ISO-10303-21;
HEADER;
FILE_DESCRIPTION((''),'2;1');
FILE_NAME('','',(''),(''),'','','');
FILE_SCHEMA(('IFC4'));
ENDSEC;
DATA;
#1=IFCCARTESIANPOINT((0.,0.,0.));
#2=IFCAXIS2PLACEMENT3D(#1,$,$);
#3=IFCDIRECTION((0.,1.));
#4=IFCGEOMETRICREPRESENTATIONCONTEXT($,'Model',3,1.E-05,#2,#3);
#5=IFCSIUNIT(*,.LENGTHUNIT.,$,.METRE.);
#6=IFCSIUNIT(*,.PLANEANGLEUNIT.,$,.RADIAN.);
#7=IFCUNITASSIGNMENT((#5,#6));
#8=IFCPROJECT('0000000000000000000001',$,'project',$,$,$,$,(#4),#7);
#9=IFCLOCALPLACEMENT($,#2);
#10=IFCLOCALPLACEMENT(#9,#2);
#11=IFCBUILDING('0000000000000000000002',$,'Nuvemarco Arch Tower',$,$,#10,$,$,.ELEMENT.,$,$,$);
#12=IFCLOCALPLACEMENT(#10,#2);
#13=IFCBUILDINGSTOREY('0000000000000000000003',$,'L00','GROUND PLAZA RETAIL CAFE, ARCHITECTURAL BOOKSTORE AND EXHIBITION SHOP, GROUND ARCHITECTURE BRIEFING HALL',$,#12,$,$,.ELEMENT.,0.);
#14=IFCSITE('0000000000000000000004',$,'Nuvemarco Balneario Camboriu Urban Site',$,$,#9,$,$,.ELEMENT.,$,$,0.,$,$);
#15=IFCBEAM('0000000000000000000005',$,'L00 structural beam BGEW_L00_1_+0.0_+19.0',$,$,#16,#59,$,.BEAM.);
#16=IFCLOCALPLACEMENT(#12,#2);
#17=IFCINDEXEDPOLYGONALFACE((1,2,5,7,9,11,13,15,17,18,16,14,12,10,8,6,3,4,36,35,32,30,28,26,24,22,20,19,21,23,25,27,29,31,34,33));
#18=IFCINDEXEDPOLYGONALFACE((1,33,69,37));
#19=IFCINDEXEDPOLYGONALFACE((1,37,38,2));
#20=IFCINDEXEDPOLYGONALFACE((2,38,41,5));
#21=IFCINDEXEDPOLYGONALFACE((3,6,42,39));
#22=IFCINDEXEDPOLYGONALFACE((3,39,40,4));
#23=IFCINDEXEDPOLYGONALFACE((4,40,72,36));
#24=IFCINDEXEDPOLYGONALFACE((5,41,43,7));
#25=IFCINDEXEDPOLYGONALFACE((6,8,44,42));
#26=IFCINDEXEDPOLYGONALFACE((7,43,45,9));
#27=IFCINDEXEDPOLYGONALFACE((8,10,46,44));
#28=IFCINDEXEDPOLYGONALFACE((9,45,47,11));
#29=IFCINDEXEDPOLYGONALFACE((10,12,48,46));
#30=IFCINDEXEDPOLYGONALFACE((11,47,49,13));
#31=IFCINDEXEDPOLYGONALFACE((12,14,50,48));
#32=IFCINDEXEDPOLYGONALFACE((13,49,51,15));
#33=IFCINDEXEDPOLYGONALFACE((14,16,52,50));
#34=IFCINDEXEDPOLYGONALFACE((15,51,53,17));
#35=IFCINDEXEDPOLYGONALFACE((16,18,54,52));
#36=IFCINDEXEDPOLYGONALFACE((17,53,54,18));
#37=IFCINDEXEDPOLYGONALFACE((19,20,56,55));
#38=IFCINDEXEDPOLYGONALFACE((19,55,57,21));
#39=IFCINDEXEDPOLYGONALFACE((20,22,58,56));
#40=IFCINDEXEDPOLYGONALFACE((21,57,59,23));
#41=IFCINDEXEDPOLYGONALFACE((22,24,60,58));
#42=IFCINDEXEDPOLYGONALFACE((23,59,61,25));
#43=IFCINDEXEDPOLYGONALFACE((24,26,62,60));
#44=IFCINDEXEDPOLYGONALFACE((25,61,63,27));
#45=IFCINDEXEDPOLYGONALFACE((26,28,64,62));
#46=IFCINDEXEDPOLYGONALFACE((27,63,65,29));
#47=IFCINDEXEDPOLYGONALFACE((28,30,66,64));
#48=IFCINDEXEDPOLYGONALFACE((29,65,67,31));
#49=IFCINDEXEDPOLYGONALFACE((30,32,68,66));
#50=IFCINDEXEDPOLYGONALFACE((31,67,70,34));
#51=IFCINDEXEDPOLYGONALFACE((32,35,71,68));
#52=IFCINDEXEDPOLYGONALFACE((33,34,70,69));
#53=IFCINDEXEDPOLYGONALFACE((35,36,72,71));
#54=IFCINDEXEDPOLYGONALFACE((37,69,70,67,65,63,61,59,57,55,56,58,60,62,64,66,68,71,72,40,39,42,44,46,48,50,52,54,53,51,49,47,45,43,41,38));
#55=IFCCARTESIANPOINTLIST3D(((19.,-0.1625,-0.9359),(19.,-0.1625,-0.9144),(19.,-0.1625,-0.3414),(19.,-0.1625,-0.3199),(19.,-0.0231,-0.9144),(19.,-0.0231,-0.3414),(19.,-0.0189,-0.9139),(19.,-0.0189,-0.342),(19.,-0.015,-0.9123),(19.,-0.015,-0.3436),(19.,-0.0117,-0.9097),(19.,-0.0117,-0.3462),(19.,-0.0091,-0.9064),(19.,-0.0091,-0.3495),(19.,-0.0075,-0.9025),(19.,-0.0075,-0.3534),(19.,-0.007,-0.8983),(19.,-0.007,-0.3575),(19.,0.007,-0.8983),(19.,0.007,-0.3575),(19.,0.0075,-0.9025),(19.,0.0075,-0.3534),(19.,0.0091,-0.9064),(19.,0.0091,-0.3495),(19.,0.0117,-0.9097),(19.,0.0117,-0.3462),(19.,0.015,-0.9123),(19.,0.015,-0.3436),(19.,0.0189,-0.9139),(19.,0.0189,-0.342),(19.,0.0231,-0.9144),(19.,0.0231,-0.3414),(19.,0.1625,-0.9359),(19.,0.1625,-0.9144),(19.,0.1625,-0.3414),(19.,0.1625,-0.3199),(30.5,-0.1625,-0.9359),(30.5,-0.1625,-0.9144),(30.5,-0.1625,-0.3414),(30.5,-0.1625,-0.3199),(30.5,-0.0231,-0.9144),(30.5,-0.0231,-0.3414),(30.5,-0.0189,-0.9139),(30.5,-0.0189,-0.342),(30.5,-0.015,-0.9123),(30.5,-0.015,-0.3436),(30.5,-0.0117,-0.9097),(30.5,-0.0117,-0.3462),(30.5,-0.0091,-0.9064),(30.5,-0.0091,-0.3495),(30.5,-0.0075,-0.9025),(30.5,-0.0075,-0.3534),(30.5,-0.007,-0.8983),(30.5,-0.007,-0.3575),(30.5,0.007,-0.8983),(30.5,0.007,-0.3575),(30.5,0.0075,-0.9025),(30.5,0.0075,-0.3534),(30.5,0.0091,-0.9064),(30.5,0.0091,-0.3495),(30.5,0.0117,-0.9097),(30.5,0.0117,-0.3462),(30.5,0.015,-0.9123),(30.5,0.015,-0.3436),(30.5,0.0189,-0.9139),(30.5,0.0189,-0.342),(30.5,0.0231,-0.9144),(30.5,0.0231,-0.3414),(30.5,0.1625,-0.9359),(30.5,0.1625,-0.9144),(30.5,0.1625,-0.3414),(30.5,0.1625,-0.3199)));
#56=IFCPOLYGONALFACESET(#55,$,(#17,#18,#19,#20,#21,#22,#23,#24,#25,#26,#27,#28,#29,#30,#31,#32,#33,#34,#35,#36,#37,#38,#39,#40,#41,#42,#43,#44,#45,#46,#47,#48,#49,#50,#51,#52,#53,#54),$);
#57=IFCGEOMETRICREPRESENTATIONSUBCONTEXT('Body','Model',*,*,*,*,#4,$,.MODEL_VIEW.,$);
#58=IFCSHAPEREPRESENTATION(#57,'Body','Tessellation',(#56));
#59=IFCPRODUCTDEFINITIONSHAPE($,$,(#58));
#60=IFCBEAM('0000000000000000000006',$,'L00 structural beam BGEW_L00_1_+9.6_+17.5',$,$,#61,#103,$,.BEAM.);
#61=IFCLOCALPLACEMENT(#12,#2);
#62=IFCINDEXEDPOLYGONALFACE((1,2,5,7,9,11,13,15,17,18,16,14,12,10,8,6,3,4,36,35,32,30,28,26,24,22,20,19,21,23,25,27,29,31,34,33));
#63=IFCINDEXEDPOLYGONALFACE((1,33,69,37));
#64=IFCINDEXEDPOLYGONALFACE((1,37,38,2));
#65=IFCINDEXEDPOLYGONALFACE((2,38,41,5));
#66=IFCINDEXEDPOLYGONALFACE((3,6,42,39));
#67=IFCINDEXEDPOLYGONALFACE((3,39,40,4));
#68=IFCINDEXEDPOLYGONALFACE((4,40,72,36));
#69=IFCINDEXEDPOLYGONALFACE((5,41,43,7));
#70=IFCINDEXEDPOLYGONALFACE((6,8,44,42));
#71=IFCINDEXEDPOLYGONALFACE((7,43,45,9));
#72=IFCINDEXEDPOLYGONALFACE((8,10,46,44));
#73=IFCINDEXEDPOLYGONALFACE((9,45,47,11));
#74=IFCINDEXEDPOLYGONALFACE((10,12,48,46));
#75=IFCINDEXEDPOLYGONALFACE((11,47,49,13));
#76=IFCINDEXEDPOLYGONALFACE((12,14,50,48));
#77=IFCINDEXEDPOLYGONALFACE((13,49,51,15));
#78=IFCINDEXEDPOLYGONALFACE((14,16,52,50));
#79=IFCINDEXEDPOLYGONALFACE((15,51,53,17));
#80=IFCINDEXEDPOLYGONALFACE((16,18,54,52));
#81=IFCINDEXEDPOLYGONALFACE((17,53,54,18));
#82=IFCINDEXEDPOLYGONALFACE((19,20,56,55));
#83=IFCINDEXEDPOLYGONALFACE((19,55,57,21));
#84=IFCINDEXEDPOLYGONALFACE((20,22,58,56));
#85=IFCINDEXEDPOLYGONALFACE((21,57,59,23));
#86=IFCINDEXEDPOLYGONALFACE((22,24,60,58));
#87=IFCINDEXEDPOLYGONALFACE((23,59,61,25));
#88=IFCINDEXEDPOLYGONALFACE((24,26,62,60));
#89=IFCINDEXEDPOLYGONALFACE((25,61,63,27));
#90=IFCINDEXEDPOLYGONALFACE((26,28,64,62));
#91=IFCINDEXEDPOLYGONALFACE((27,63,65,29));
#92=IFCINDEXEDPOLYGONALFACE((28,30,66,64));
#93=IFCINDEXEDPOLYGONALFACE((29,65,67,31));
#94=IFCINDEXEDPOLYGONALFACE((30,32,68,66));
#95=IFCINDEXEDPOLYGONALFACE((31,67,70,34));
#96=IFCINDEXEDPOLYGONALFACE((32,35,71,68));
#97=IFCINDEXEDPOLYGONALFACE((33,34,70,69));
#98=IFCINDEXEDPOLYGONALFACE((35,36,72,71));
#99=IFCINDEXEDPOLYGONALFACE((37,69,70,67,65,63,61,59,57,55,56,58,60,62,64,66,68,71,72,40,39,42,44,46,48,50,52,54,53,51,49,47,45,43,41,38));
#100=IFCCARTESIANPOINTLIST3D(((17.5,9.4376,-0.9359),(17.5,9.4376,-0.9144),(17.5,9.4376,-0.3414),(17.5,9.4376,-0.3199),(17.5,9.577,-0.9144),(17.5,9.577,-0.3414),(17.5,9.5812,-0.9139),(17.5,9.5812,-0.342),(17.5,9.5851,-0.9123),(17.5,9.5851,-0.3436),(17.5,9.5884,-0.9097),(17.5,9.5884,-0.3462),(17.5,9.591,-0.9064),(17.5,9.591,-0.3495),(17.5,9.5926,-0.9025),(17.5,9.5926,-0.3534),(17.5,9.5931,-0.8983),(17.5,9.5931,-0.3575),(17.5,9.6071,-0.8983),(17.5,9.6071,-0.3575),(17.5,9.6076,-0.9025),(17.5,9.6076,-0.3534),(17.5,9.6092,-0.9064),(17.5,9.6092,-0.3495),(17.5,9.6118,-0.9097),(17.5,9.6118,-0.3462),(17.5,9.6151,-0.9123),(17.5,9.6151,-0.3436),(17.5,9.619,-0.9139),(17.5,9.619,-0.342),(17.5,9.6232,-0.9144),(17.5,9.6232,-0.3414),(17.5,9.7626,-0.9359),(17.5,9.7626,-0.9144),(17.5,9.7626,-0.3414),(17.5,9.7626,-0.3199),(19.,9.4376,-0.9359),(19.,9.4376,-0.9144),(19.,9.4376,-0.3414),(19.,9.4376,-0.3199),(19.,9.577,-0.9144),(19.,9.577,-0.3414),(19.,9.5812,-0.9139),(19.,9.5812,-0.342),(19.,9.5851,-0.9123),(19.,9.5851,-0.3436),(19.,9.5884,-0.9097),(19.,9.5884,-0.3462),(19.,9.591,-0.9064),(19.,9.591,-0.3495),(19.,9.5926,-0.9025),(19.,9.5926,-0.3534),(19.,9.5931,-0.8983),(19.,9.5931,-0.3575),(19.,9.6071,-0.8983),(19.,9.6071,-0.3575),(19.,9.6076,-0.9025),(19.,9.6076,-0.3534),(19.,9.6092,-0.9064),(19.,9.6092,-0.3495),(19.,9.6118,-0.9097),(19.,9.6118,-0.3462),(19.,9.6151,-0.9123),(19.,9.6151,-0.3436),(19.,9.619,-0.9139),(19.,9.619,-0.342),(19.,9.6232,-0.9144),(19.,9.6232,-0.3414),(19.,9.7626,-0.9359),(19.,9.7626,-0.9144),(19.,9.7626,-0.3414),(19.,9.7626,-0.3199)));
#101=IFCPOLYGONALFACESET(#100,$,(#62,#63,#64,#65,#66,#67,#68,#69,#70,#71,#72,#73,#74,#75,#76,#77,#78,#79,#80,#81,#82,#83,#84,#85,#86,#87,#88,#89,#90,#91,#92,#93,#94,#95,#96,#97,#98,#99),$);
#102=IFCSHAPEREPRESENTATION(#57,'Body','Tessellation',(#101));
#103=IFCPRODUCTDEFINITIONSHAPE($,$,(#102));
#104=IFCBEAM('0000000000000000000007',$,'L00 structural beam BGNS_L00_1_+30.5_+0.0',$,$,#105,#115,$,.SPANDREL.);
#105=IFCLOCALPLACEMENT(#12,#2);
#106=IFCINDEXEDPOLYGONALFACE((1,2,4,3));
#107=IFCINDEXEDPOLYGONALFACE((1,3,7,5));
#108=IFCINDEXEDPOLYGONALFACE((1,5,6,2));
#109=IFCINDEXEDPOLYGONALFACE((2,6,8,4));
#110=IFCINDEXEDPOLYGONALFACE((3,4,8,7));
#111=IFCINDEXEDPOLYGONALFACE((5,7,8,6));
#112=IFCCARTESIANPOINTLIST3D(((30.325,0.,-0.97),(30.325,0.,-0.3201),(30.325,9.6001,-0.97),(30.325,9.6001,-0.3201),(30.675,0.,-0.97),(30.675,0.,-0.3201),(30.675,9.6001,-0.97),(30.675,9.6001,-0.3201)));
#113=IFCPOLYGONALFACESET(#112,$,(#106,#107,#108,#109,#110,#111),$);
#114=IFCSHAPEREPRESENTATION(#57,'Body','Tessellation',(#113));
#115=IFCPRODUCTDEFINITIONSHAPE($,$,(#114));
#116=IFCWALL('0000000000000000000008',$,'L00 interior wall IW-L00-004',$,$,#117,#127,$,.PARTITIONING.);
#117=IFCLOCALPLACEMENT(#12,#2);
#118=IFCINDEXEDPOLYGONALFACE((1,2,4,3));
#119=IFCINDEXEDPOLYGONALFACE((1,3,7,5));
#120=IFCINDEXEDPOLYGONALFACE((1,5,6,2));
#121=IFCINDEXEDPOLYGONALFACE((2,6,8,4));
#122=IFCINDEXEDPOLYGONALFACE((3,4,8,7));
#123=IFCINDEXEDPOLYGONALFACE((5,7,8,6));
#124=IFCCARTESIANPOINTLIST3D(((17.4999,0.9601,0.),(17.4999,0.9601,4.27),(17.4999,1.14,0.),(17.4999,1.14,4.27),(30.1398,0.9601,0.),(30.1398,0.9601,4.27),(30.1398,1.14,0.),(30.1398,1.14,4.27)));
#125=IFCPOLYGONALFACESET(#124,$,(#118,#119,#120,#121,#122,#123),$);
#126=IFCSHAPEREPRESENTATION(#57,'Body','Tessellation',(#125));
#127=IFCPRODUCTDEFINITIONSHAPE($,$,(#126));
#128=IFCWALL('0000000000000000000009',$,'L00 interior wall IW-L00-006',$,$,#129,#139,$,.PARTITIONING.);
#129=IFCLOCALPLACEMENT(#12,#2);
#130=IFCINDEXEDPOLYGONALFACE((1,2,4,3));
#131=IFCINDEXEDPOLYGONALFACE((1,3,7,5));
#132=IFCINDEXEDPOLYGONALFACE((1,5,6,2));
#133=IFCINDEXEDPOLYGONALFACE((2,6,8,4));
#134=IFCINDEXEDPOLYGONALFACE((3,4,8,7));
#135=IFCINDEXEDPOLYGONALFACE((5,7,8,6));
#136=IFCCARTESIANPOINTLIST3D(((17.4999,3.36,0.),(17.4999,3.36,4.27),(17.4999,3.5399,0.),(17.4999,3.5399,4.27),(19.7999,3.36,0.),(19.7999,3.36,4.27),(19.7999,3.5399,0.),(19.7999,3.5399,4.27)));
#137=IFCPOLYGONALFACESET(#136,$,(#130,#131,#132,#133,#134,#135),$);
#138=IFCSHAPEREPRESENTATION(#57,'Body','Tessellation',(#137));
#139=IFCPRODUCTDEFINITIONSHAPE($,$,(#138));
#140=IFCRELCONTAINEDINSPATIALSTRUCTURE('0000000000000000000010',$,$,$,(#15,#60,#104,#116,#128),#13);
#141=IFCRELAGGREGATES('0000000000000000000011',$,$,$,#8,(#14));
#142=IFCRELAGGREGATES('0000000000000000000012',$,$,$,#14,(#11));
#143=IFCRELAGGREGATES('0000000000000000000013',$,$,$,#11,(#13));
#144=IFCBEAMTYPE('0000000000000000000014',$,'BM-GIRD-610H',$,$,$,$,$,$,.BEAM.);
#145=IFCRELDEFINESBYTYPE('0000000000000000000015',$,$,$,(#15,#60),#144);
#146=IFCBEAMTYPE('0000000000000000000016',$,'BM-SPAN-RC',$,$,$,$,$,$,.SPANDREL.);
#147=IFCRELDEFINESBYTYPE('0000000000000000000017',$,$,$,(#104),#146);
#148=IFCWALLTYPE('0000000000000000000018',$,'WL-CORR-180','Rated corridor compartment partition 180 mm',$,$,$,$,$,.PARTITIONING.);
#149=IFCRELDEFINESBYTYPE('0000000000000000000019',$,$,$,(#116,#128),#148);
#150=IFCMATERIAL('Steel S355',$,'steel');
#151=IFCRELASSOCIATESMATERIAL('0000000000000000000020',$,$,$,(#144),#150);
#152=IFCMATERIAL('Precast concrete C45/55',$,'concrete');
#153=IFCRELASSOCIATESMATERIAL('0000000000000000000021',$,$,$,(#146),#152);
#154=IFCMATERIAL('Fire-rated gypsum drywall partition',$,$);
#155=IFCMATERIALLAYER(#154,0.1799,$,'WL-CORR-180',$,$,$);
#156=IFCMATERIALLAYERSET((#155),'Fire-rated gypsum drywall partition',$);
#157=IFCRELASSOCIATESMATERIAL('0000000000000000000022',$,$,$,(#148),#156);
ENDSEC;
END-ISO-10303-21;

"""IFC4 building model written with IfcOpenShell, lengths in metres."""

from ifc_helpers import new_model, si_unit, direction, frame, frame_2d, origin, origin_2d, place, context, subcontext, project, spatial, rectangle, i_section, extrude, material, layer, layer_set, material_profile, profile_set, type_object, element, save


model = new_model("IFC4")

# Units and contexts
model_context = context("Model", 3, precision=1e-05, world=origin(), true_north=direction((0.0, 1.0)))
body_context = subcontext(model_context, "Body", "Model", "MODEL_VIEW")
ifc_project = project(units=[si_unit("LENGTHUNIT", "METRE"), si_unit("PLANEANGLEUNIT", "RADIAN")], contexts=[model_context])

# Site, building, storey
site_placement = place(None, origin())
site = spatial("IfcSite", under=ifc_project, at=site_placement, Name="Nuvemarco Balneario Camboriu Urban Site", CompositionType="ELEMENT", RefElevation=0.0)
building_placement = place(site_placement, origin())
building = spatial("IfcBuilding", under=site, at=building_placement, Name="Nuvemarco Arch Tower", CompositionType="ELEMENT")
storey_placement = place(building_placement, origin())
storey = spatial("IfcBuildingStorey", under=building, at=storey_placement, Name="L00", Description="GROUND PLAZA RETAIL CAFE, ARCHITECTURAL BOOKSTORE AND EXHIBITION SHOP, GROUND ARCHITECTURE BRIEFING HALL", CompositionType="ELEMENT", Elevation=0.0)

# Beams
ifc_material_1 = material(Name="Steel S355", Category="steel")
ifc_material_profile_1 = material_profile(ifc_material_1, i_section(OverallWidth=0.325, OverallDepth=0.616, WebThickness=0.0139, FlangeThickness=0.0215, FilletRadius=0.0161, at=origin_2d()), Name="W610x174")
ifc_profile_set_1 = profile_set([ifc_material_profile_1], Name="Steel S355")
beam_type_1 = type_object("IfcBeamType", Name="BM-GIRD-610H", PredefinedType="BEAM", material=ifc_profile_set_1)
beam_1_placement = place(storey_placement, frame((19.0, 0.0, -0.6279), z_axis=(1.0, 0.0, 0.0), x_axis=(0.0, 1.0, 0.0)))
element("IfcBeam", 1, at=beam_1_placement, inside=storey, type_object=beam_type_1, Name="L00 structural beam BGEW_L00_1_+0.0_+19.0", PredefinedType="BEAM", context=body_context, shape_type="SweptSolid", body=[
    extrude(i_section(OverallWidth=0.325, OverallDepth=0.616, WebThickness=0.0139, FlangeThickness=0.0215, FilletRadius=0.0161, at=origin_2d()), origin(), (0.0, 0.0, 1.0), 11.5),
])
beam_2_placement = place(storey_placement, frame((17.5, 9.6001, -0.6279), z_axis=(1.0, 0.0, 0.0), x_axis=(0.0, 1.0, 0.0)))
element("IfcBeam", 2, at=beam_2_placement, inside=storey, type_object=beam_type_1, Name="L00 structural beam BGEW_L00_1_+9.6_+17.5", PredefinedType="BEAM", context=body_context, shape_type="SweptSolid", body=[
    extrude(i_section(OverallWidth=0.325, OverallDepth=0.616, WebThickness=0.0139, FlangeThickness=0.0215, FilletRadius=0.0161, at=origin_2d()), origin(), (0.0, 0.0, 1.0), 1.5),
])
ifc_material_2 = material(Name="Precast concrete C45/55", Category="concrete")
ifc_material_profile_2 = material_profile(ifc_material_2, rectangle(XDim=0.3501, YDim=0.6499, at=origin_2d()), Name="PC-SP-350x650")
ifc_profile_set_2 = profile_set([ifc_material_profile_2], Name="Precast concrete C45/55")
beam_type_2 = type_object("IfcBeamType", Name="BM-SPAN-RC", PredefinedType="SPANDREL", material=ifc_profile_set_2)
beam_3_placement = place(storey_placement, frame((30.5, 0.0, -0.645), z_axis=(0.0, 1.0, 0.0), x_axis=(-1.0, 0.0, 0.0)))
element("IfcBeam", 3, at=beam_3_placement, inside=storey, type_object=beam_type_2, Name="L00 structural beam BGNS_L00_1_+30.5_+0.0", PredefinedType="SPANDREL", context=body_context, shape_type="SweptSolid", body=[
    extrude(rectangle(XDim=0.3501, YDim=0.6499, at=origin_2d()), origin(), (0.0, 0.0, 1.0), 9.6001),
])

# Walls
ifc_material_3 = material(Name="Fire-rated gypsum drywall partition")
ifc_layer_1 = layer(ifc_material_3, 0.1799, Name="WL-CORR-180")
ifc_layer_set_1 = layer_set([ifc_layer_1], Name="Fire-rated gypsum drywall partition")
wall_type_1 = type_object("IfcWallType", Name="WL-CORR-180", Description="Rated corridor compartment partition 180 mm", PredefinedType="PARTITIONING", material=ifc_layer_set_1)
wall_1_placement = place(storey_placement, frame((17.5, 1.05, 0.0), z_axis=(0.0, 0.0, 1.0), x_axis=(1.0, 0.0, 0.0)))
element("IfcWall", 4, at=wall_1_placement, inside=storey, type_object=wall_type_1, Name="L00 interior wall IW-L00-004", PredefinedType="PARTITIONING", context=body_context, shape_type="SweptSolid", body=[
    extrude(rectangle(XDim=12.6399, YDim=0.1799, at=frame_2d((6.3198, 0.0))), origin(), (0.0, 0.0, 1.0), 4.27),
])
wall_2_placement = place(storey_placement, frame((17.5, 3.45, 0.0), z_axis=(0.0, 0.0, 1.0), x_axis=(1.0, 0.0, 0.0)))
element("IfcWall", 5, at=wall_2_placement, inside=storey, type_object=wall_type_1, Name="L00 interior wall IW-L00-006", PredefinedType="PARTITIONING", context=body_context, shape_type="SweptSolid", body=[
    extrude(rectangle(XDim=2.3, YDim=0.1799, at=frame_2d((1.1499, 0.0))), origin(), (0.0, 0.0, 1.0), 4.27),
])

save(model, "model.ifc")
